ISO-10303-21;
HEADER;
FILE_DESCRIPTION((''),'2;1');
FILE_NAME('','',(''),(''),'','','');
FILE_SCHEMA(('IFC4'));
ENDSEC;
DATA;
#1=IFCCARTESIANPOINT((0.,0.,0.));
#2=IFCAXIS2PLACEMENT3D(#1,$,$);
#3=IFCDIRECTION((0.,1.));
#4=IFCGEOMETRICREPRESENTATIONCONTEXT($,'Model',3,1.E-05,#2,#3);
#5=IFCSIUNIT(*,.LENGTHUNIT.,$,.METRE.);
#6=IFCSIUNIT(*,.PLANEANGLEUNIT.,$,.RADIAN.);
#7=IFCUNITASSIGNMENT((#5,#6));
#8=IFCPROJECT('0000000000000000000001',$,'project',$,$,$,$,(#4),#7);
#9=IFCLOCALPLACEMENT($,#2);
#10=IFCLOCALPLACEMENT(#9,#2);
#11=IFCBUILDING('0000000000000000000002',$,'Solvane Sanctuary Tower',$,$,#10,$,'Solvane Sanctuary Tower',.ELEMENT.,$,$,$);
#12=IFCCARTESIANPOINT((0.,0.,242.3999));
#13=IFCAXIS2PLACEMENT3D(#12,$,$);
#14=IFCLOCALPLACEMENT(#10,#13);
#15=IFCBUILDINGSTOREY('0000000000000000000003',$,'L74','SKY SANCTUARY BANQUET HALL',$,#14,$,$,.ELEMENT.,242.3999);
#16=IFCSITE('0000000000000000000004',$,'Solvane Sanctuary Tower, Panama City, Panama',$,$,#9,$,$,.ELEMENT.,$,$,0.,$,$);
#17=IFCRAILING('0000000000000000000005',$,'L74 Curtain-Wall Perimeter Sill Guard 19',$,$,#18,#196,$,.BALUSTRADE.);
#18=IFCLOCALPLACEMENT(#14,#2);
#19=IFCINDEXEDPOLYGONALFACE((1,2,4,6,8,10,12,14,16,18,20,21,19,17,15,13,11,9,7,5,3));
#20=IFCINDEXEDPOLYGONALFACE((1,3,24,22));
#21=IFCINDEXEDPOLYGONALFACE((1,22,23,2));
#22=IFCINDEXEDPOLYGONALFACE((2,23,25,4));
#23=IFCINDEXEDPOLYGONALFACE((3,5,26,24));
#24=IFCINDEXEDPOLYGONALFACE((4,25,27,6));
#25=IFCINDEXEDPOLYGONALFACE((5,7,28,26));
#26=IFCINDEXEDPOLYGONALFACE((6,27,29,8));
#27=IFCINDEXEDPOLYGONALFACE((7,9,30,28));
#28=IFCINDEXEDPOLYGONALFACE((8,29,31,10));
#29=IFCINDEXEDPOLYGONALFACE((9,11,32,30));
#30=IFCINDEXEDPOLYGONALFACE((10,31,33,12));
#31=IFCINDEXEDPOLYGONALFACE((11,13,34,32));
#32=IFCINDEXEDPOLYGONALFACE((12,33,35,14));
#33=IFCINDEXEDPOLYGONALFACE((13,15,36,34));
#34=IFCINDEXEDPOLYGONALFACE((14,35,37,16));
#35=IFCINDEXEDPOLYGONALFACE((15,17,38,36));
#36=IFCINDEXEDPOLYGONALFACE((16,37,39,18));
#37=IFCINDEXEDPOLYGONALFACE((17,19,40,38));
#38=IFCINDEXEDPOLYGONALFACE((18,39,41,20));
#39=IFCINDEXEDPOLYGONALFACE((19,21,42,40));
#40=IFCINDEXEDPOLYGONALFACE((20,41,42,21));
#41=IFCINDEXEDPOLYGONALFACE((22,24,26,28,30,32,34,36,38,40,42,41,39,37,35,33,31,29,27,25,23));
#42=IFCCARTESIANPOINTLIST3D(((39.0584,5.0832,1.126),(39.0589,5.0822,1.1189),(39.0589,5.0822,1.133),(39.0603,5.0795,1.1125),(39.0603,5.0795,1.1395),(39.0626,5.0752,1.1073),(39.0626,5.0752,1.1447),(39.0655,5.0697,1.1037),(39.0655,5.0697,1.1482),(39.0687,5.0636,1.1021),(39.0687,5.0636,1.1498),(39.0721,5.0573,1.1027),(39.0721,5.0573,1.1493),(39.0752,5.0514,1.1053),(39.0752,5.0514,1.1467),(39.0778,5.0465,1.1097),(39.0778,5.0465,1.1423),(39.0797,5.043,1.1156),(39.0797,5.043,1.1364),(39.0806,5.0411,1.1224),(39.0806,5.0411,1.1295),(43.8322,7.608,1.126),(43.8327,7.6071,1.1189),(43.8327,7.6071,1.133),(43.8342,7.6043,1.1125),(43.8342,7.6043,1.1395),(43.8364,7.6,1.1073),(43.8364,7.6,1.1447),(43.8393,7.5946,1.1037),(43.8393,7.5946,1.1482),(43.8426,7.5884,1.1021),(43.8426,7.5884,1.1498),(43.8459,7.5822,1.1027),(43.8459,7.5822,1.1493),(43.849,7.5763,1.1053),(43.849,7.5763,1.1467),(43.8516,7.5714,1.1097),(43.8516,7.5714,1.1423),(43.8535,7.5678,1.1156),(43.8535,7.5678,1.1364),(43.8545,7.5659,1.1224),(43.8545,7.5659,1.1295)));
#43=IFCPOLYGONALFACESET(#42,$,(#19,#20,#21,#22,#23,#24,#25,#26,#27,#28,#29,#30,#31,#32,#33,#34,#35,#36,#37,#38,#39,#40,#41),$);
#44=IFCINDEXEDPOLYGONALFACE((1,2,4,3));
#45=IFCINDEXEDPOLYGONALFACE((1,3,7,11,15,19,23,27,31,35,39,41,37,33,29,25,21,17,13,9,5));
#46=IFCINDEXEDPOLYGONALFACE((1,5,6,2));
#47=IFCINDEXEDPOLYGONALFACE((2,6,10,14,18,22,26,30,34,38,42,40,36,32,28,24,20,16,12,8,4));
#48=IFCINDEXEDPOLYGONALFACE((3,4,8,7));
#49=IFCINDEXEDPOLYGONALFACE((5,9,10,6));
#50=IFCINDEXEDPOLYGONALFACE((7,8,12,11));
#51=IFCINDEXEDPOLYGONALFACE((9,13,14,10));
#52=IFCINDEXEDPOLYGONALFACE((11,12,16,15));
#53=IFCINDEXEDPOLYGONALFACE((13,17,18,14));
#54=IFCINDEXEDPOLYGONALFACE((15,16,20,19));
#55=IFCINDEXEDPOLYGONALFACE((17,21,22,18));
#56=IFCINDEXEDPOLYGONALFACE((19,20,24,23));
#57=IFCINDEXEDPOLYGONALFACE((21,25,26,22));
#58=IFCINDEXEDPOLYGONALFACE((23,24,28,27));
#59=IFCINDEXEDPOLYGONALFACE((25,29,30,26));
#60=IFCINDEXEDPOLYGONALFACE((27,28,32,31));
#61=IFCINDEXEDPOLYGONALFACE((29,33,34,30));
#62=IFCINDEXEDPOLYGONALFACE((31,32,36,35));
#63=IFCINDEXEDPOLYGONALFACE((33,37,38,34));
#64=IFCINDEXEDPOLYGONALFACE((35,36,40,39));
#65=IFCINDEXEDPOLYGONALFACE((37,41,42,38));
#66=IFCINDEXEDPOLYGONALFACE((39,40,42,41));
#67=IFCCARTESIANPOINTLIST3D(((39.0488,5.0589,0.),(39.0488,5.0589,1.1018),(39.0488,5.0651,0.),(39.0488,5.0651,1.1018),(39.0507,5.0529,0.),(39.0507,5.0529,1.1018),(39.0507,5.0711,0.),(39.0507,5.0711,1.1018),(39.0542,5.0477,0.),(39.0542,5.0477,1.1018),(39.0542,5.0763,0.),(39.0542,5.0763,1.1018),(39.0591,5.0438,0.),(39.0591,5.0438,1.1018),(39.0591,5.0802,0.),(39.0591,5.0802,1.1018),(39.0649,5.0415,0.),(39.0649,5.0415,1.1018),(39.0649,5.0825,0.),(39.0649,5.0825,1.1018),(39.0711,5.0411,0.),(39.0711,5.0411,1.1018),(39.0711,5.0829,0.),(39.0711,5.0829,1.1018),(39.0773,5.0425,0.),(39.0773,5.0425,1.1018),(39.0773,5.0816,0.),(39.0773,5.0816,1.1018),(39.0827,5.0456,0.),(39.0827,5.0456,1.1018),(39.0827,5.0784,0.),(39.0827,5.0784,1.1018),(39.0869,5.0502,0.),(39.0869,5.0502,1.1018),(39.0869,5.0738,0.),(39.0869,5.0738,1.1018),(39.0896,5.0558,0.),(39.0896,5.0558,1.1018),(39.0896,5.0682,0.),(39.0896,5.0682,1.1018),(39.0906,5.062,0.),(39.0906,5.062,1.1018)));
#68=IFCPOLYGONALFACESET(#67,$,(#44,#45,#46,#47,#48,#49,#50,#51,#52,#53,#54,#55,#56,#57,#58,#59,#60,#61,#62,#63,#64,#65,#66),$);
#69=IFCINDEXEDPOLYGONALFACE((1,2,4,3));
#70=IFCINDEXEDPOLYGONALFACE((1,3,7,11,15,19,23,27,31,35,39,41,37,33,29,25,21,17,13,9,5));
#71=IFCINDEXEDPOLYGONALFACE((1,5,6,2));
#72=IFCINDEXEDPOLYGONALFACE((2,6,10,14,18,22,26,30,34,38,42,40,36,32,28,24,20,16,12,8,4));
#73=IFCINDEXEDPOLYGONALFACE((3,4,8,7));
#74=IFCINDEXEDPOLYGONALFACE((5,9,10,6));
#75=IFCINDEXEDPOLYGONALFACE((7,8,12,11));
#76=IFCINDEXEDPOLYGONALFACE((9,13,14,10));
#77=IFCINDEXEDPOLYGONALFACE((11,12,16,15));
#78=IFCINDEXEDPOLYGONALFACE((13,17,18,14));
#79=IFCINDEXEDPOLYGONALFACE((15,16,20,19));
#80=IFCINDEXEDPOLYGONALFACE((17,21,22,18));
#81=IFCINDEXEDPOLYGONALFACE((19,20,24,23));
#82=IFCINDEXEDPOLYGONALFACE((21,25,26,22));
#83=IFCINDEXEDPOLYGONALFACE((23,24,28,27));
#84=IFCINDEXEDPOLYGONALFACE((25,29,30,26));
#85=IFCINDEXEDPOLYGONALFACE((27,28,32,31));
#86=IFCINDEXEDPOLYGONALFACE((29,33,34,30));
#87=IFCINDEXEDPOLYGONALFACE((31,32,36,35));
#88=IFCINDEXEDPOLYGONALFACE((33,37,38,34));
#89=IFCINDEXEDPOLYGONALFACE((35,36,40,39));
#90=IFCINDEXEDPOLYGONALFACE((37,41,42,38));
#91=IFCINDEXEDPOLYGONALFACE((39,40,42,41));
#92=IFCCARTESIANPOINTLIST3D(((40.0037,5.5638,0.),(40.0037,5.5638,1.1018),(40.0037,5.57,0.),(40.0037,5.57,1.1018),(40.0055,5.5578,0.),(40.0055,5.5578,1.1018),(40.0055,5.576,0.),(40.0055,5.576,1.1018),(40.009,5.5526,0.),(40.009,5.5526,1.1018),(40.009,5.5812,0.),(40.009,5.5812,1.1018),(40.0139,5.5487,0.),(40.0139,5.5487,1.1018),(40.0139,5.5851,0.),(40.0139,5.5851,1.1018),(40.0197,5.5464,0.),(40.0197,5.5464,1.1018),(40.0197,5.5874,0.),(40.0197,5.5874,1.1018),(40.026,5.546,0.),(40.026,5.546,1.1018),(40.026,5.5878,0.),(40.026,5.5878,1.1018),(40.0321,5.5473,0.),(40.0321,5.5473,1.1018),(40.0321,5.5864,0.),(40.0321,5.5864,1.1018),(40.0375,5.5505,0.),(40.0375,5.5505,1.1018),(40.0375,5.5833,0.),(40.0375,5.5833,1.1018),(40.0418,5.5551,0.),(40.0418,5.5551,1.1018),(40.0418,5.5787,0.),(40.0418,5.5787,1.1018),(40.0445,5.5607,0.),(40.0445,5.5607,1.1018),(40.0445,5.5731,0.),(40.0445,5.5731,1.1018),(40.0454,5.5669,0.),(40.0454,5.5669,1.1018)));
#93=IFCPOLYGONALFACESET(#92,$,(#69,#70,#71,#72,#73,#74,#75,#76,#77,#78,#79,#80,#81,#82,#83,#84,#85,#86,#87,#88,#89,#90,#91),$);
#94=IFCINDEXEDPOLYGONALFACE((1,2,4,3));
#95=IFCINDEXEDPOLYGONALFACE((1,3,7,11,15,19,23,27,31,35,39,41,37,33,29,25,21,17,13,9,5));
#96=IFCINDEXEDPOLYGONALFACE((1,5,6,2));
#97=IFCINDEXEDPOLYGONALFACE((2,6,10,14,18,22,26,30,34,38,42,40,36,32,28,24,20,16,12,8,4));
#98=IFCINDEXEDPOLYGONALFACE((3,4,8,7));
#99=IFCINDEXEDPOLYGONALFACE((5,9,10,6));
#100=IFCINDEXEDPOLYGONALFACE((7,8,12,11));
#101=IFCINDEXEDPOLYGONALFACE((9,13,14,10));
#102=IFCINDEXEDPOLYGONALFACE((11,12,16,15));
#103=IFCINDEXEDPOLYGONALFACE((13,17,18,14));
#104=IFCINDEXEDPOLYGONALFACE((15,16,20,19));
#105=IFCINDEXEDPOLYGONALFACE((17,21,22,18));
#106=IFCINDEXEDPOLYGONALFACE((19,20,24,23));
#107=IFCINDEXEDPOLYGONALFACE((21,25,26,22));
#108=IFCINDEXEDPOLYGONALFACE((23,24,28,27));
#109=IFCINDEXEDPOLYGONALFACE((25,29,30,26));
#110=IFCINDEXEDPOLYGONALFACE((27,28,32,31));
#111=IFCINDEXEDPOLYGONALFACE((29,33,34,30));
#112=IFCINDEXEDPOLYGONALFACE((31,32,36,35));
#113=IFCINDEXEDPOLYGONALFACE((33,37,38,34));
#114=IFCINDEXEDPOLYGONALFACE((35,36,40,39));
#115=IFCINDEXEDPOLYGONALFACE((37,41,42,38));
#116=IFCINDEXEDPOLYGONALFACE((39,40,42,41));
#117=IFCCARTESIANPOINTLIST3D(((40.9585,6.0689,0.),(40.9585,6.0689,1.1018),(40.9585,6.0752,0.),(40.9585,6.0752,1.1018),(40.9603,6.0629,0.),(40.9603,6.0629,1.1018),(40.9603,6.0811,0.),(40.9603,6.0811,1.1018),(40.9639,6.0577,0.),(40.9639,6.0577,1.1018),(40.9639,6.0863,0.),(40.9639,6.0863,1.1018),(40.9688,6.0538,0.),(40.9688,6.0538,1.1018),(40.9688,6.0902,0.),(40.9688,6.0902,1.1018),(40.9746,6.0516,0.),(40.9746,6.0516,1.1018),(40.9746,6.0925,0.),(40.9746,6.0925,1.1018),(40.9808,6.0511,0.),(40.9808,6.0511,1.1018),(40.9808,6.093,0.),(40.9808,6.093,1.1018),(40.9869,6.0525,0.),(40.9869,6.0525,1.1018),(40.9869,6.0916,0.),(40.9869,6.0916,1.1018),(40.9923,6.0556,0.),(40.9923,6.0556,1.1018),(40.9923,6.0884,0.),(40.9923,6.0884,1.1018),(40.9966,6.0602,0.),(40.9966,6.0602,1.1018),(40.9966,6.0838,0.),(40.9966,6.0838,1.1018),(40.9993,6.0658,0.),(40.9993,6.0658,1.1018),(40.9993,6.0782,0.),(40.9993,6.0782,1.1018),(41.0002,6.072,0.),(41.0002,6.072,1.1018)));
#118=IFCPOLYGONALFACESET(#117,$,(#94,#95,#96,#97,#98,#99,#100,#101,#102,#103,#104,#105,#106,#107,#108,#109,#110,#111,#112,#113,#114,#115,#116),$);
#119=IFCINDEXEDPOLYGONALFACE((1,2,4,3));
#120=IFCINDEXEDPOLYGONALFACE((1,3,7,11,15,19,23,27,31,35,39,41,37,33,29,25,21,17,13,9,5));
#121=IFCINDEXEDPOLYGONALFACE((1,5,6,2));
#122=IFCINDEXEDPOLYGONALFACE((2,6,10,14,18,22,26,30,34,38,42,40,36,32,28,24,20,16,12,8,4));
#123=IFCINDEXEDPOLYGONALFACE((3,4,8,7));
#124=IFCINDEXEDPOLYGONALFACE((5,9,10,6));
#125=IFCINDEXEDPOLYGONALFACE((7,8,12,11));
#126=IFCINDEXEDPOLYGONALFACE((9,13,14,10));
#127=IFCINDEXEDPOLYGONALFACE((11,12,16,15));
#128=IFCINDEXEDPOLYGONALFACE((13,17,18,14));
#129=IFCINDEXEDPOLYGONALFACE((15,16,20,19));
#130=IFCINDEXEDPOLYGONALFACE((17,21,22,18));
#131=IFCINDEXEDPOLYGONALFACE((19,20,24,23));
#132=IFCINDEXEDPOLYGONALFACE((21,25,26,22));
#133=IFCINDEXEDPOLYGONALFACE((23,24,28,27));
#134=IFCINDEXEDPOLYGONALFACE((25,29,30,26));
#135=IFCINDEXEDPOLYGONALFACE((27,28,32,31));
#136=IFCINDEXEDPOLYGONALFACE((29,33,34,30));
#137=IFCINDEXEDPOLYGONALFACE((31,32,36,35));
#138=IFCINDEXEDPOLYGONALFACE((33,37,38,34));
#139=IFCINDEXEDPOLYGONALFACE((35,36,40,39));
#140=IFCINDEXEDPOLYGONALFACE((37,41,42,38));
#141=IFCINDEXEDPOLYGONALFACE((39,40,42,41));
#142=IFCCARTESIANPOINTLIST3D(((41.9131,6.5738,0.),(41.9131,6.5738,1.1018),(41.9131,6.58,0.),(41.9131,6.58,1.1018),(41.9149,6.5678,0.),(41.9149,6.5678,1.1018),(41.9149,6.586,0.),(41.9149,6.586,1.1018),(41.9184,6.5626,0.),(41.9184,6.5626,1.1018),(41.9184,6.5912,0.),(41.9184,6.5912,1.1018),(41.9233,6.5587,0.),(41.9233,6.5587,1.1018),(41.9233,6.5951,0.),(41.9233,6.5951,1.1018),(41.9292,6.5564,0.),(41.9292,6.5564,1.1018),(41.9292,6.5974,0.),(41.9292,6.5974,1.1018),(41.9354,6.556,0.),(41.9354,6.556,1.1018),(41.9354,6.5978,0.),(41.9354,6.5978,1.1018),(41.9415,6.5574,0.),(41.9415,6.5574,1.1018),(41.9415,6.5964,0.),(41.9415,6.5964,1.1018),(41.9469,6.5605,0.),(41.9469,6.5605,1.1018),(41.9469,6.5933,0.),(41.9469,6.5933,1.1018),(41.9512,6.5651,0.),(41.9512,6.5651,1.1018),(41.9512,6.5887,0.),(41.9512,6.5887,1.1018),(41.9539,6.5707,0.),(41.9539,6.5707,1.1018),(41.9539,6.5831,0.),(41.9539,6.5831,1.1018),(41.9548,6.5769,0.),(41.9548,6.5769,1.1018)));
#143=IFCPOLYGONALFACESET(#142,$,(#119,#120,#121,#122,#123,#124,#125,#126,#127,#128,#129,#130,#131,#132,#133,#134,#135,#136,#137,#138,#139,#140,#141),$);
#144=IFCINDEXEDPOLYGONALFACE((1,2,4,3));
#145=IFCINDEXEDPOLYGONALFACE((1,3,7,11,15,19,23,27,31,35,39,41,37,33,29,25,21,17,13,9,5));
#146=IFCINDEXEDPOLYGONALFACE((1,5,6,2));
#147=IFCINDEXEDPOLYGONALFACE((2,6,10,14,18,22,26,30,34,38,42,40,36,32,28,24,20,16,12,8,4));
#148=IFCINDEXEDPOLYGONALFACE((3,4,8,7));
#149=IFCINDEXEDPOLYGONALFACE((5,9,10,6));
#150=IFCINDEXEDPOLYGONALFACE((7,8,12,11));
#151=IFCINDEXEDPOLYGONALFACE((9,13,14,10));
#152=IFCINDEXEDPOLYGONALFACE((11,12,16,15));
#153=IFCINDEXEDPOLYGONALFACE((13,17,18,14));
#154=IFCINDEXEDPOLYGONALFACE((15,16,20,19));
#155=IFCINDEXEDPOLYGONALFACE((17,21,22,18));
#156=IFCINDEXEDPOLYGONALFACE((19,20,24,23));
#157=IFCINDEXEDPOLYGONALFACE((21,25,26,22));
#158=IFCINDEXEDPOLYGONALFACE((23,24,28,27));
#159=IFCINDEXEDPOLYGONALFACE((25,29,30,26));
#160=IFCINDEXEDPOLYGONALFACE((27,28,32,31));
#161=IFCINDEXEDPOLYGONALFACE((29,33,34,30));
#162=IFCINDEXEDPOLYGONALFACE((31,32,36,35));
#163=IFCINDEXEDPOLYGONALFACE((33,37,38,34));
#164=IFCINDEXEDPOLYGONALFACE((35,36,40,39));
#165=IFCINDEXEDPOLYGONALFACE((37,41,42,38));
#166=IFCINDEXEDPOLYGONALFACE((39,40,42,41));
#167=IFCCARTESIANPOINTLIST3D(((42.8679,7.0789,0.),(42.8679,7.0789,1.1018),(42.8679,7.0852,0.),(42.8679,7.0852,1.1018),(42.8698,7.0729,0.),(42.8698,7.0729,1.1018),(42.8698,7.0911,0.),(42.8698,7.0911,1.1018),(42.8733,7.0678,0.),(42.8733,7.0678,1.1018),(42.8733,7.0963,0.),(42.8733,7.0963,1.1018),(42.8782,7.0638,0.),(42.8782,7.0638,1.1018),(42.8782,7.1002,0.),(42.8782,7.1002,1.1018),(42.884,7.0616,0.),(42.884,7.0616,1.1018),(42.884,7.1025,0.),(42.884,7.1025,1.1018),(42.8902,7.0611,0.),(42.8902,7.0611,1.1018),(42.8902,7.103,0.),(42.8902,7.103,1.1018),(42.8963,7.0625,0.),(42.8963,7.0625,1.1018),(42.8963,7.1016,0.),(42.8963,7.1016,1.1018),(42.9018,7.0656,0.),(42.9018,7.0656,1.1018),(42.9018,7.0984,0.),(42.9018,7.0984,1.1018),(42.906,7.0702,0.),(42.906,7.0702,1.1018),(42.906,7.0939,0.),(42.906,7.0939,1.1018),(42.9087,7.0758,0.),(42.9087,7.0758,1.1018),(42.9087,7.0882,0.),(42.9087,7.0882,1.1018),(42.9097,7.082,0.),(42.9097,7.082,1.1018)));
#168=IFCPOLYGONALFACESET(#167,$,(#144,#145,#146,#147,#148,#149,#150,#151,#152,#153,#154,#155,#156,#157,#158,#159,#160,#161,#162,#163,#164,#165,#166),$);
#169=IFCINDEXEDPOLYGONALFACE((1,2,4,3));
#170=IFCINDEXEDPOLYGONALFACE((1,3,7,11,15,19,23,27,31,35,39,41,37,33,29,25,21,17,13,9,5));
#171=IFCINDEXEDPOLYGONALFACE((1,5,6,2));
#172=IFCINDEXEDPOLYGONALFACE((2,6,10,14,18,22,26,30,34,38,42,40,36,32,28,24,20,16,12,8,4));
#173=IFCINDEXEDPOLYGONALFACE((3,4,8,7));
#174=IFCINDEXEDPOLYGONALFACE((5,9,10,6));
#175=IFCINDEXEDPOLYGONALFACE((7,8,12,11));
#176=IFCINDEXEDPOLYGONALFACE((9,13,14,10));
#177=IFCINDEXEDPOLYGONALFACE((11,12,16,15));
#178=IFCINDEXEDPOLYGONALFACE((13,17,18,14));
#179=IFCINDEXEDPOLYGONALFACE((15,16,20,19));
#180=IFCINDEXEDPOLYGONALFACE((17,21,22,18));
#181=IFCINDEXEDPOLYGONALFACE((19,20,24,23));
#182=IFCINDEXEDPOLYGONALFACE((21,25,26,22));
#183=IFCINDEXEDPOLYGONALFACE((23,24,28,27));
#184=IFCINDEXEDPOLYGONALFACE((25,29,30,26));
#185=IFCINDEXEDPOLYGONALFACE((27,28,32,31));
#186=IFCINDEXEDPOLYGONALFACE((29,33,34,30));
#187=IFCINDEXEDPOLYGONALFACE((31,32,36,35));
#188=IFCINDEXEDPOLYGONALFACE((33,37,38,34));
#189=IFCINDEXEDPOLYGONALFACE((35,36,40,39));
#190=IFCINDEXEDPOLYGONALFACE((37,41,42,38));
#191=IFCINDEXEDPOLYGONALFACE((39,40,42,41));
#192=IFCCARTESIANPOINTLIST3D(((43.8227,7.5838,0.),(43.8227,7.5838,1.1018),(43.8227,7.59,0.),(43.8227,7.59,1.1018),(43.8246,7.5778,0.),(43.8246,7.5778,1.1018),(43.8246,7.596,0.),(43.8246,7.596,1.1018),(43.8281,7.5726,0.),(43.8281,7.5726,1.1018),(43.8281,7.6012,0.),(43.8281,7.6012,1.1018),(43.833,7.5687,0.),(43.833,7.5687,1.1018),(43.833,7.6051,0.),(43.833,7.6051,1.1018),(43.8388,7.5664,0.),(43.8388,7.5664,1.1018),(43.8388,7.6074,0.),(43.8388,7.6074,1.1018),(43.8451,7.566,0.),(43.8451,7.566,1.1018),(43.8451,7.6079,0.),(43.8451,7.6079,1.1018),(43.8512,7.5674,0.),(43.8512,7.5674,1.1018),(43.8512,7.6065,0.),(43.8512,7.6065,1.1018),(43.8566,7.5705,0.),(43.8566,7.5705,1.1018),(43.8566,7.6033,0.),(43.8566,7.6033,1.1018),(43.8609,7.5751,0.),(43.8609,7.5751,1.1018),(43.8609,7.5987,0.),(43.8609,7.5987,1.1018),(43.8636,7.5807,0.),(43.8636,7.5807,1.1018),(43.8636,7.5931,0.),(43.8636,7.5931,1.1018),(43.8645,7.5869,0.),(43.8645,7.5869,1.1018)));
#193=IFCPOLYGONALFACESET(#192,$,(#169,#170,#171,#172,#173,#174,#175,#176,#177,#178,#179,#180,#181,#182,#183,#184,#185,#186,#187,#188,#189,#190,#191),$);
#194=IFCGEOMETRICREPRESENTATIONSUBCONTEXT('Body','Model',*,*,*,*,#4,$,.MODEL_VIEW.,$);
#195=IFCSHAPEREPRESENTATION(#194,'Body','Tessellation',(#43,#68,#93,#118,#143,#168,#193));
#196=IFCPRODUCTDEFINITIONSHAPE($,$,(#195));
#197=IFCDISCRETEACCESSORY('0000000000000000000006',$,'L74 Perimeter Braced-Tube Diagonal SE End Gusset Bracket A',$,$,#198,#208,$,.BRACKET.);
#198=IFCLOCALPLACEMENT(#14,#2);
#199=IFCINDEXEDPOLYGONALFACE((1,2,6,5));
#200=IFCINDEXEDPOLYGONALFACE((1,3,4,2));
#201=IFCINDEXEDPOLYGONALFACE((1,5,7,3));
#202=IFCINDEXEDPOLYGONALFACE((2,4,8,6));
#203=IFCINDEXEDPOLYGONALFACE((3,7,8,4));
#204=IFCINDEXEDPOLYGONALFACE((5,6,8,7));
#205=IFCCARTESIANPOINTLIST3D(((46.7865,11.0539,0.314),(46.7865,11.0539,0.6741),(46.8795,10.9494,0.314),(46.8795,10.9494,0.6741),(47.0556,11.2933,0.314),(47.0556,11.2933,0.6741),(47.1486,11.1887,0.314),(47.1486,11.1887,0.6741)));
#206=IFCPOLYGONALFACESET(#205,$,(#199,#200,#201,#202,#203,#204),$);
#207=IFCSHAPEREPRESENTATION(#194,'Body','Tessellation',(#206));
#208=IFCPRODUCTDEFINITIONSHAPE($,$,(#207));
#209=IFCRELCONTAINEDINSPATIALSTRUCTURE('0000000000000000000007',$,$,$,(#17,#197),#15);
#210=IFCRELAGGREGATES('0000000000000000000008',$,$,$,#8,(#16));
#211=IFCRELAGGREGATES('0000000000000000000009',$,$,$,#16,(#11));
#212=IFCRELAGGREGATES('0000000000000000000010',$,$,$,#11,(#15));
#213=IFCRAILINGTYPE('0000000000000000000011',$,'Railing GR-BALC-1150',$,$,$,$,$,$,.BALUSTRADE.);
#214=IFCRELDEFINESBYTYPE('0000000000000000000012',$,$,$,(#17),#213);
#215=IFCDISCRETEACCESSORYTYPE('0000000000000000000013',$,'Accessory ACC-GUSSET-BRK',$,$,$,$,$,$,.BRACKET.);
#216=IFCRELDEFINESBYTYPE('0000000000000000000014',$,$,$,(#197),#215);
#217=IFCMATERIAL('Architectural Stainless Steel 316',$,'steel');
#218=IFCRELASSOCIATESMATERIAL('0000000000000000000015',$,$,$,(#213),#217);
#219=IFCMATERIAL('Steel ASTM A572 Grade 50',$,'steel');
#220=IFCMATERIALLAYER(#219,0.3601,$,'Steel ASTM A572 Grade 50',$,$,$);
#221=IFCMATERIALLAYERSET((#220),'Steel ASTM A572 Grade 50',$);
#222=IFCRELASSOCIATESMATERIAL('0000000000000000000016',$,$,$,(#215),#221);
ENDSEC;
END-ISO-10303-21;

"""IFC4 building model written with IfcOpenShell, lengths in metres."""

from ifc_helpers import new_model, si_unit, direction, frame, origin, origin_2d, place, context, subcontext, project, spatial, rectangle, circle, extrude, material, layer, layer_set, type_object, element, save


model = new_model("IFC4")

# Units and contexts
model_context = context("Model", 3, precision=1e-05, world=origin(), true_north=direction((0.0, 1.0)))
body_context = subcontext(model_context, "Body", "Model", "MODEL_VIEW")
ifc_project = project(units=[si_unit("LENGTHUNIT", "METRE"), si_unit("PLANEANGLEUNIT", "RADIAN")], contexts=[model_context])

# Site, building, storey
site_placement = place(None, origin())
site = spatial("IfcSite", under=ifc_project, at=site_placement, Name="Solvane Sanctuary Tower, Panama City, Panama", CompositionType="ELEMENT", RefElevation=0.0)
building_placement = place(site_placement, origin())
building = spatial("IfcBuilding", under=site, at=building_placement, Name="Solvane Sanctuary Tower", LongName="Solvane Sanctuary Tower", CompositionType="ELEMENT")
storey_placement = place(building_placement, frame((0.0, 0.0, 242.3999)))
storey = spatial("IfcBuildingStorey", under=building, at=storey_placement, Name="L74", Description="SKY SANCTUARY BANQUET HALL", CompositionType="ELEMENT", Elevation=242.3999)

# Railing
ifc_material_1 = material(Name="Architectural Stainless Steel 316", Category="steel")
railing_type = type_object("IfcRailingType", Name="Railing GR-BALC-1150", PredefinedType="BALUSTRADE", material=ifc_material_1)
railing_placement = place(storey_placement, frame((39.0696, 5.062, 0.0)))
element("IfcRailing", 1, at=railing_placement, inside=storey, type_object=railing_type, Name="L74 Curtain-Wall Perimeter Sill Guard 19", PredefinedType="BALUSTRADE", context=body_context, shape_type="SweptSolid", body=[
    extrude(circle(Radius=0.0239, at=origin_2d()), frame((0.0, 0.0, 1.126), z_axis=(0.883977, 0.46753, 0.0), x_axis=(-0.46753, 0.883977, 0.0)), (0.0, 0.0, 1.0), 5.4004),
    extrude(circle(Radius=0.021, at=origin_2d()), origin(), (0.0, 0.0, 1.0), 1.1018),
    extrude(circle(Radius=0.021, at=origin_2d()), frame((0.9548, 0.5049, 0.0)), (0.0, 0.0, 1.0), 1.1018),
    extrude(circle(Radius=0.021, at=origin_2d()), frame((1.9097, 1.01, 0.0)), (0.0, 0.0, 1.0), 1.1018),
    extrude(circle(Radius=0.021, at=origin_2d()), frame((2.8643, 1.5149, 0.0)), (0.0, 0.0, 1.0), 1.1018),
    extrude(circle(Radius=0.021, at=origin_2d()), frame((3.8191, 2.02, 0.0)), (0.0, 0.0, 1.0), 1.1018),
    extrude(circle(Radius=0.021, at=origin_2d()), frame((4.7739, 2.5249, 0.0)), (0.0, 0.0, 1.0), 1.1018),
])

# Discrete accessory
ifc_material_2 = material(Name="Steel ASTM A572 Grade 50", Category="steel")
ifc_layer_1 = layer(ifc_material_2, 0.3601, Name="Steel ASTM A572 Grade 50")
ifc_layer_set_1 = layer_set([ifc_layer_1], Name="Steel ASTM A572 Grade 50")
discrete_accessory_type = type_object("IfcDiscreteAccessoryType", Name="Accessory ACC-GUSSET-BRK", PredefinedType="BRACKET", material=ifc_layer_set_1)
for number, where, z_axis, x_axis, name in (
    (2, (46.9675, 11.1213, 0.314), (0.0, 0.0, 1.0), (-0.747218, -0.664579, 0.0), "L74 Perimeter Braced-Tube Diagonal SE End Gusset Bracket A"),
):
    element("IfcDiscreteAccessory", number, at=place(storey_placement, frame(where, z_axis=z_axis, x_axis=x_axis)), inside=storey, type_object=discrete_accessory_type, Name=name, PredefinedType="BRACKET", context=body_context, shape_type="SweptSolid", body=[
        extrude(rectangle(XDim=0.3601, YDim=0.1399, at=origin_2d()), origin(), (0.0, 0.0, 1.0), 0.3601),
    ])

save(model, "model.ifc")
